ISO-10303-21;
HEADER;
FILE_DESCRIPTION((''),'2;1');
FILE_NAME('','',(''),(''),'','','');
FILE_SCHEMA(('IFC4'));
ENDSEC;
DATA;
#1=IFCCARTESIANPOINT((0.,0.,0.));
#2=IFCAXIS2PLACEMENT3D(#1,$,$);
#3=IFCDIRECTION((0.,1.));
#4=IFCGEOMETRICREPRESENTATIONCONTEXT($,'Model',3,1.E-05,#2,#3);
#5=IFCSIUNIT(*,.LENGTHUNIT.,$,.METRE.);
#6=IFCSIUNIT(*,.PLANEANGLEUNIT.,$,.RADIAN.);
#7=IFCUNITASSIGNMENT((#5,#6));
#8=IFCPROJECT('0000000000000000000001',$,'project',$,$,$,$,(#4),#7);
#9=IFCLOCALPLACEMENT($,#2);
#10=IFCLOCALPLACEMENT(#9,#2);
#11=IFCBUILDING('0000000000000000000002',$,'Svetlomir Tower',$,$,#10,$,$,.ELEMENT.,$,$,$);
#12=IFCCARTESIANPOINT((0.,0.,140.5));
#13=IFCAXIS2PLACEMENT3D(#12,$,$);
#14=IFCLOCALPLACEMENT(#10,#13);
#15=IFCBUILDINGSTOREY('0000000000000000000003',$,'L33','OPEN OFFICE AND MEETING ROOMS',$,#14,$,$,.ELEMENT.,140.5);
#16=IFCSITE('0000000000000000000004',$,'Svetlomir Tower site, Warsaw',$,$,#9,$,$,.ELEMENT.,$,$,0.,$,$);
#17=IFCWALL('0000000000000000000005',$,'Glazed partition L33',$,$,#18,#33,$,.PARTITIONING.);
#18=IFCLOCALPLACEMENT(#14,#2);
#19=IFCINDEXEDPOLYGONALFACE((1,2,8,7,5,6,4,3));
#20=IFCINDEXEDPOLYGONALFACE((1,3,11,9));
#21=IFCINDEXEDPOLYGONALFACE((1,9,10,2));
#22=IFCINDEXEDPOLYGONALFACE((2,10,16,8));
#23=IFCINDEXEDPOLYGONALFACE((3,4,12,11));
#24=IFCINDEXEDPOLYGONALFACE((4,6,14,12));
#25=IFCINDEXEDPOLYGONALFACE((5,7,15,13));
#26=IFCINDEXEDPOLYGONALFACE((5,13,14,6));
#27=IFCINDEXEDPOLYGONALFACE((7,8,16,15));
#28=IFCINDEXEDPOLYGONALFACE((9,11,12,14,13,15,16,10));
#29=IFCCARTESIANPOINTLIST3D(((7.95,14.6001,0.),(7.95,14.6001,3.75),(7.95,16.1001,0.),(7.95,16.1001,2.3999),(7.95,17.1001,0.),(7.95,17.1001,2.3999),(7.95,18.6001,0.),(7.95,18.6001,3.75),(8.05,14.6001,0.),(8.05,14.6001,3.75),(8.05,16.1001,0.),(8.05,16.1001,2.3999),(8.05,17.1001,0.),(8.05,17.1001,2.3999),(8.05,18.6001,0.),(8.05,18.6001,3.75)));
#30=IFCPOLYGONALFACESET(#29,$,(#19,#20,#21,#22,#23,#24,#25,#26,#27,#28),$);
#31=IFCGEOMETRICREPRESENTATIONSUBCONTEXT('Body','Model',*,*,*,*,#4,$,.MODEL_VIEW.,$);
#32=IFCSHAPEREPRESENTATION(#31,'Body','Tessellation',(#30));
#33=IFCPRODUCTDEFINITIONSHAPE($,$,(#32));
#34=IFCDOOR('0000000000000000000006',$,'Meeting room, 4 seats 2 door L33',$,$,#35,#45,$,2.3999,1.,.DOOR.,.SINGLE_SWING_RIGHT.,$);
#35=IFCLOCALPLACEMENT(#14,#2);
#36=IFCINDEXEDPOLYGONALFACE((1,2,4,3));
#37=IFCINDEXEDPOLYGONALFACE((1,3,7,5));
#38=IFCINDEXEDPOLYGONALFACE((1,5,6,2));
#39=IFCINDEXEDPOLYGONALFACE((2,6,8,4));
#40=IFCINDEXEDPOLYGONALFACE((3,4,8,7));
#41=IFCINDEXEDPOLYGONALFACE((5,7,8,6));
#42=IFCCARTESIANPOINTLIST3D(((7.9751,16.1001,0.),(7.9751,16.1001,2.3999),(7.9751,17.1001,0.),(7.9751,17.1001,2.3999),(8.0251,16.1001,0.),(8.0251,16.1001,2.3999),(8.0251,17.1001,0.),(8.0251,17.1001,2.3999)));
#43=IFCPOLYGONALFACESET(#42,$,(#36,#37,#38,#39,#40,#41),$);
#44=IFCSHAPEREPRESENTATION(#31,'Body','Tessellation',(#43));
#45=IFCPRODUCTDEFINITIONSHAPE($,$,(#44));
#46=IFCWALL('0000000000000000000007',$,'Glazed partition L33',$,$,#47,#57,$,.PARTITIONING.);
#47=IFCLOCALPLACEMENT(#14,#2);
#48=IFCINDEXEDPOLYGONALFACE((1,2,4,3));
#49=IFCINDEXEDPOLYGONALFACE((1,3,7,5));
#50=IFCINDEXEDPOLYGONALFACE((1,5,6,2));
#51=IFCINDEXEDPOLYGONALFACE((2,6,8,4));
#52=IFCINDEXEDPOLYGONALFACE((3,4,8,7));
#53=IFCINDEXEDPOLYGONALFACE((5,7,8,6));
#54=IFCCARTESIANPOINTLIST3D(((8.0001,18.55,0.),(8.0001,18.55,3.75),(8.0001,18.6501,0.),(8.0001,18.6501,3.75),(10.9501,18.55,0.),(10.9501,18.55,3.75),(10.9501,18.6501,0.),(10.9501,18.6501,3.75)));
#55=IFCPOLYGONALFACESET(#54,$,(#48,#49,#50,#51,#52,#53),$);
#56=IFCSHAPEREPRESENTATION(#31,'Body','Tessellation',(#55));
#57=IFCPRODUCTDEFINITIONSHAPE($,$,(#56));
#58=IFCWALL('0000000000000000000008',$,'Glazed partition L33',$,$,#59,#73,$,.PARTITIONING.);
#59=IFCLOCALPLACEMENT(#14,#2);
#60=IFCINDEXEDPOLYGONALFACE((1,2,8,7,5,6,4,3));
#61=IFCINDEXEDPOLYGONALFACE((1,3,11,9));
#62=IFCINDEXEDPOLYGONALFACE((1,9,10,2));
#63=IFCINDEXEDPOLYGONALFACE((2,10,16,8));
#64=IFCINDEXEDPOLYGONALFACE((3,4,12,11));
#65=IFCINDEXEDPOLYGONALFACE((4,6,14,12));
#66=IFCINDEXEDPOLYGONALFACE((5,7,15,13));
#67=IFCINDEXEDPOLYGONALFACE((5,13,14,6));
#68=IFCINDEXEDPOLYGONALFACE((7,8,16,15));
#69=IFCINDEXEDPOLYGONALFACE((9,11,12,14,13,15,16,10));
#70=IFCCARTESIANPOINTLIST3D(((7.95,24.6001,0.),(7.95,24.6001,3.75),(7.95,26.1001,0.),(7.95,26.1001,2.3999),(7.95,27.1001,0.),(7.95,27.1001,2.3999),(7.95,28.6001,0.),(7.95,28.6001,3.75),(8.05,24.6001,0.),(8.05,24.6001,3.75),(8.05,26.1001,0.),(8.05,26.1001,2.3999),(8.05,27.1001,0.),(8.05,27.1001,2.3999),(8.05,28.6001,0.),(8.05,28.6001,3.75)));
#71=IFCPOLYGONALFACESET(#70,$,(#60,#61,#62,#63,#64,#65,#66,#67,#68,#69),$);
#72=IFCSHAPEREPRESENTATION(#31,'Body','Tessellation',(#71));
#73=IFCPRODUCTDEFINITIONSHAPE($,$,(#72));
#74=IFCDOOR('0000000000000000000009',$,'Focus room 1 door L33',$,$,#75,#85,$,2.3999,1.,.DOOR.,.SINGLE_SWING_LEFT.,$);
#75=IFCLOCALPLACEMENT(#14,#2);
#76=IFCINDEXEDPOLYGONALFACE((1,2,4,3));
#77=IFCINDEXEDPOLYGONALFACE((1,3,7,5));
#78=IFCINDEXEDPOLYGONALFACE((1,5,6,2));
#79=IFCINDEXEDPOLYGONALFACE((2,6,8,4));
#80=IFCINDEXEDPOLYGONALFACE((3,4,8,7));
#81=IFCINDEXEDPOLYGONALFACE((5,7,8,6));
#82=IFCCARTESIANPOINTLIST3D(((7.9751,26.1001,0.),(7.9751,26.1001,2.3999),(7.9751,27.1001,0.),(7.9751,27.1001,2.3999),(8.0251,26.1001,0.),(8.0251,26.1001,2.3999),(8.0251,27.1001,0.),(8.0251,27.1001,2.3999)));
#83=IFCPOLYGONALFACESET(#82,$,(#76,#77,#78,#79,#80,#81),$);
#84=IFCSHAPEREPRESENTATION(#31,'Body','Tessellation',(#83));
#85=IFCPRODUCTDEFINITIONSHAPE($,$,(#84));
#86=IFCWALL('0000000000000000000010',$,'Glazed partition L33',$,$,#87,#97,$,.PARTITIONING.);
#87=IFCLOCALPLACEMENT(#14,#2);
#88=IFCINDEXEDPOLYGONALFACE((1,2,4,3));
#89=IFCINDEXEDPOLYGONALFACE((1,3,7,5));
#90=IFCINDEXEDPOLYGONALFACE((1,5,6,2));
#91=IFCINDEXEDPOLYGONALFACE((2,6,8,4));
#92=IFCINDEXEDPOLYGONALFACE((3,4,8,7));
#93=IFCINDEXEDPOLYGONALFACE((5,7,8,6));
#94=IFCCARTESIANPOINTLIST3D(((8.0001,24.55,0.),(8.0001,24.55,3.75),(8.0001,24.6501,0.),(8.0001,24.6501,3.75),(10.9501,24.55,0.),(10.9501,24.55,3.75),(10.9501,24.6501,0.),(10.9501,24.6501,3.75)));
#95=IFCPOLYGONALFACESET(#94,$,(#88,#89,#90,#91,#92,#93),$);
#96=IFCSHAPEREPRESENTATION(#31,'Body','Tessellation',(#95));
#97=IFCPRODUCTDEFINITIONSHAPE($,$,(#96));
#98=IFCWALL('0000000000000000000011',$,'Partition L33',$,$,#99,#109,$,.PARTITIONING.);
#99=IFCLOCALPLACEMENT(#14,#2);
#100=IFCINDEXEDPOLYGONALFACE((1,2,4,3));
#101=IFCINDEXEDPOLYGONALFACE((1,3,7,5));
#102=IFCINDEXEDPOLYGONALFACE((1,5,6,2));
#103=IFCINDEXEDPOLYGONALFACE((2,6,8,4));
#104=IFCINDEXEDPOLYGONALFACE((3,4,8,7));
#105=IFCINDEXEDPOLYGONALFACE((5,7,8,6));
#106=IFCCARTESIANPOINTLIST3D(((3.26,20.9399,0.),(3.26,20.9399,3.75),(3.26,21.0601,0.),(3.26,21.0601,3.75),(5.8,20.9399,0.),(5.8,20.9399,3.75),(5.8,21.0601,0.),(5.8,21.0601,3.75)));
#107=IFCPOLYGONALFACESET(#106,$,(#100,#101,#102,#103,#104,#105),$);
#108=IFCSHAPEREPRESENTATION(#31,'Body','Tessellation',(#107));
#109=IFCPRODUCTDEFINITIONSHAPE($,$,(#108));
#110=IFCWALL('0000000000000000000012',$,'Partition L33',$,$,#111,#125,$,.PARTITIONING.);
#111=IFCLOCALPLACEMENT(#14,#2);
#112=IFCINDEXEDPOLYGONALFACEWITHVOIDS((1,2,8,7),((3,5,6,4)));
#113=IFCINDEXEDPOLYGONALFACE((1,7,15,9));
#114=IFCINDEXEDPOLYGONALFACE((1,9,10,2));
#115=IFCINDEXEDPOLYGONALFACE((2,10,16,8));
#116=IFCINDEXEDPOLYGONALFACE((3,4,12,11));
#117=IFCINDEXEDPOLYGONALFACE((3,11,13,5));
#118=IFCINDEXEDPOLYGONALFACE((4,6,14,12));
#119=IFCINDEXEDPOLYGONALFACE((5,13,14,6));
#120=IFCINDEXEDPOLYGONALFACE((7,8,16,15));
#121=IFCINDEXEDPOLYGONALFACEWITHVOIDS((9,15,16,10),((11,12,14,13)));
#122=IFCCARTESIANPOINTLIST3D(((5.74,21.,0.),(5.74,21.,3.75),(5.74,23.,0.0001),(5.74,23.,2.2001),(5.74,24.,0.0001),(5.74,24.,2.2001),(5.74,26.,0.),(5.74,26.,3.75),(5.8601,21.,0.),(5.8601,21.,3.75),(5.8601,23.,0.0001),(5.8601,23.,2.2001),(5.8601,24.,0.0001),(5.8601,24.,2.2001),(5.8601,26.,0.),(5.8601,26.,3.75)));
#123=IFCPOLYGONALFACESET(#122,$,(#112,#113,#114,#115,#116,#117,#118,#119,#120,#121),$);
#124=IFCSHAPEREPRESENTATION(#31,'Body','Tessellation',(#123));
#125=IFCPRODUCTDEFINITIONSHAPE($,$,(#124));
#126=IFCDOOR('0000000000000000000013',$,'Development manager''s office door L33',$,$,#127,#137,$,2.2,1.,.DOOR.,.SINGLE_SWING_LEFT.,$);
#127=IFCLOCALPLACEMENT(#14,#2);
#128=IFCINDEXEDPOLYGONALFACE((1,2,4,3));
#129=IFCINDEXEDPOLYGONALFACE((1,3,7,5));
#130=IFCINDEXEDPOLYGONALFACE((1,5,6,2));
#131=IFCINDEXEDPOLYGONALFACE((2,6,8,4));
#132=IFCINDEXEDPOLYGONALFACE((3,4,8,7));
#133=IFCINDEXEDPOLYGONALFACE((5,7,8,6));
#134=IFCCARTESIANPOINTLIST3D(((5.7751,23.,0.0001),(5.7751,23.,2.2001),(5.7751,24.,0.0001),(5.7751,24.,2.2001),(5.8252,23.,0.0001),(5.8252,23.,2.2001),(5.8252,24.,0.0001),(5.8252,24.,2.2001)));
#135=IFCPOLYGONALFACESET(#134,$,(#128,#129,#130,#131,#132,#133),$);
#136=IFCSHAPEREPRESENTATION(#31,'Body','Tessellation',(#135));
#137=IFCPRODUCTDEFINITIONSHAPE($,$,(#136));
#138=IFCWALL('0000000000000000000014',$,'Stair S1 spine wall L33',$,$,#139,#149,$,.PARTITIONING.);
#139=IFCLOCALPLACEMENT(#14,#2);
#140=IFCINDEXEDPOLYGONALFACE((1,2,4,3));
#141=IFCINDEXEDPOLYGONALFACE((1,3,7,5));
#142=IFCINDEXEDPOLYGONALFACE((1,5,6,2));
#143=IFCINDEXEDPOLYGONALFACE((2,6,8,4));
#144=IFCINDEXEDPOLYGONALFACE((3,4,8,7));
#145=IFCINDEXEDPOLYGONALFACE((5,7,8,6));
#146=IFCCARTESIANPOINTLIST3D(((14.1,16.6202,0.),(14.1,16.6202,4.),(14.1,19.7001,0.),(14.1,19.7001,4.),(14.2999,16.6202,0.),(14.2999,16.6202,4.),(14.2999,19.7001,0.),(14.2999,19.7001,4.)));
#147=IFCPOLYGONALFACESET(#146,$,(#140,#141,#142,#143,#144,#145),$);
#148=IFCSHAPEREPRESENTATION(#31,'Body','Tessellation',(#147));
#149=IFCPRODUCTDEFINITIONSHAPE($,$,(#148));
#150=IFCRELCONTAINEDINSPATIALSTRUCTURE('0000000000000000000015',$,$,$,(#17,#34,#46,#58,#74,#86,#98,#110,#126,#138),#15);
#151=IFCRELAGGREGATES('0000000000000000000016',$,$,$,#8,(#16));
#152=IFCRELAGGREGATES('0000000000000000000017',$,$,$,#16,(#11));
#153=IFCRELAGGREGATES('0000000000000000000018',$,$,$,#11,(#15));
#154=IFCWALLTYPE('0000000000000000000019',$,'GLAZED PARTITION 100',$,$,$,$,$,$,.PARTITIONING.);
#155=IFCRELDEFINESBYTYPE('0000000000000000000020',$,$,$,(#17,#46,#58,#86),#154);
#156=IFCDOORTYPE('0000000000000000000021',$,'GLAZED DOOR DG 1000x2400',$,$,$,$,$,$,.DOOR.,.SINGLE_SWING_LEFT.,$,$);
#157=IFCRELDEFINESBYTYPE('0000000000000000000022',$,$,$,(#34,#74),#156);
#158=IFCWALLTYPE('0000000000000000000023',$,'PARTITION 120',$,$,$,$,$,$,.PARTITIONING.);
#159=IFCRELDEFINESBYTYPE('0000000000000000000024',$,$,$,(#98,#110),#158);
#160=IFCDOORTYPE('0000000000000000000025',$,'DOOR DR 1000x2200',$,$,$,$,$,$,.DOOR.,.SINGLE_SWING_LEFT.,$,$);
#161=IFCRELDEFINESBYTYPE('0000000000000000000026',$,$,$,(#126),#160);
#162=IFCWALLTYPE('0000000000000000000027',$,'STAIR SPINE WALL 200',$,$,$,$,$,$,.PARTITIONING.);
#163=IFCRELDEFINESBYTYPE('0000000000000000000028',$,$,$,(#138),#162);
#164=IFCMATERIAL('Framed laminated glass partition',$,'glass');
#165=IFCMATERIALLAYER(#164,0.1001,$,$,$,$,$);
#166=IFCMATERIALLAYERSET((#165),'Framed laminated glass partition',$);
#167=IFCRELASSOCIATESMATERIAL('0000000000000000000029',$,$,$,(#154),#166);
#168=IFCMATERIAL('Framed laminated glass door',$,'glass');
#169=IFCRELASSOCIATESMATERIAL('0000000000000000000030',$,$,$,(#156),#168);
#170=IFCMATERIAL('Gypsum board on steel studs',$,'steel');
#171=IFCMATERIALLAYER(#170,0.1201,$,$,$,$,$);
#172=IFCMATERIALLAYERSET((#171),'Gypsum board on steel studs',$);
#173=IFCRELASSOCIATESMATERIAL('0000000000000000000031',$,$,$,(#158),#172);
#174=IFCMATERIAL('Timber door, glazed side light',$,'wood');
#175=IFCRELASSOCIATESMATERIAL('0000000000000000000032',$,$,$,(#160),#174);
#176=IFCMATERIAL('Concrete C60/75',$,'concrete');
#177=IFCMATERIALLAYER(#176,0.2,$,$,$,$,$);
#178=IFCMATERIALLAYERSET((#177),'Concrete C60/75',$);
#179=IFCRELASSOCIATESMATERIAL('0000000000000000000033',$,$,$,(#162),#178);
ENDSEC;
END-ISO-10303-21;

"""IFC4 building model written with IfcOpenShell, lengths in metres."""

from ifc_helpers import new_model, si_unit, direction, frame, frame_2d, origin, place, context, subcontext, project, spatial, rectangle, extrude, material, layer, layer_set, type_object, element, fill, save


model = new_model("IFC4")

# Units and contexts
model_context = context("Model", 3, precision=1e-05, world=origin(), true_north=direction((0.0, 1.0)))
body_context = subcontext(model_context, "Body", "Model", "MODEL_VIEW")
ifc_project = project(units=[si_unit("LENGTHUNIT", "METRE"), si_unit("PLANEANGLEUNIT", "RADIAN")], contexts=[model_context])

# Site, building, storey
site_placement = place(None, origin())
site = spatial("IfcSite", under=ifc_project, at=site_placement, Name="Svetlomir Tower site, Warsaw", CompositionType="ELEMENT", RefElevation=0.0)
building_placement = place(site_placement, origin())
building = spatial("IfcBuilding", under=site, at=building_placement, Name="Svetlomir Tower", CompositionType="ELEMENT")
storey_placement = place(building_placement, frame((0.0, 0.0, 140.5)))
storey = spatial("IfcBuildingStorey", under=building, at=storey_placement, Name="L33", Description="OPEN OFFICE AND MEETING ROOMS", CompositionType="ELEMENT", Elevation=140.5)

# Wall, opening, door
ifc_material_1 = material(Name="Framed laminated glass partition", Category="glass")
ifc_layer_1 = layer(ifc_material_1, 0.1001)
ifc_layer_set_1 = layer_set([ifc_layer_1], Name="Framed laminated glass partition")
wall_type_1 = type_object("IfcWallType", Name="GLAZED PARTITION 100", PredefinedType="PARTITIONING", material=ifc_layer_set_1)
wall_1_placement = place(storey_placement, frame((8.0, 14.6001, 0.0), z_axis=(0.0, 0.0, 1.0), x_axis=(0.0, 1.0, 0.0)))
wall_1 = element("IfcWall", 1, at=wall_1_placement, inside=storey, type_object=wall_type_1, Name="Glazed partition L33", PredefinedType="PARTITIONING", context=body_context, shape_type="SweptSolid", body=[
    extrude(rectangle(XDim=4.0, YDim=0.1001, at=frame_2d((2.0, 0.0))), origin(), (0.0, 0.0, 1.0), 3.75),
])
opening_1_placement = place(wall_1_placement, frame((1.5, 0.0, 0.0)))
opening_1 = element("IfcOpeningElement", 2, at=opening_1_placement, cuts=wall_1, PredefinedType="OPENING", context=body_context, shape_type="SweptSolid", body=[
    extrude(rectangle(XDim=1.0, YDim=2.3999, at=frame_2d((0.5, 1.2))), frame((0.0, 0.0601, 0.0), z_axis=(0.0, -1.0, 0.0), x_axis=(1.0, 0.0, 0.0)), (0.0, 0.0, 1.0), 0.1201),
])
ifc_material_2 = material(Name="Framed laminated glass door", Category="glass")
door_type_1 = type_object("IfcDoorType", Name="GLAZED DOOR DG 1000x2400", OperationType="SINGLE_SWING_LEFT", PredefinedType="DOOR", material=ifc_material_2)
door_1_placement = place(opening_1_placement, origin())
door_1 = element("IfcDoor", 3, at=door_1_placement, inside=storey, type_object=door_type_1, Name="Meeting room, 4 seats 2 door L33", OperationType="SINGLE_SWING_RIGHT", OverallHeight=2.3999, OverallWidth=1.0, PredefinedType="DOOR", context=body_context, shape_type="SweptSolid", body=[
    extrude(rectangle(XDim=1.0, YDim=2.3999, at=frame_2d((0.5, 1.2))), frame((0.0, 0.0249, 0.0), z_axis=(0.0, -1.0, 0.0), x_axis=(1.0, 0.0, 0.0)), (0.0, 0.0, 1.0), 0.05),
])
fill(opening_1, door_1)

# Wall
wall_2_placement = place(storey_placement, frame((8.0, 18.6001, 0.0), z_axis=(0.0, 0.0, 1.0), x_axis=(1.0, 0.0, 0.0)))
element("IfcWall", 4, at=wall_2_placement, inside=storey, type_object=wall_type_1, Name="Glazed partition L33", PredefinedType="PARTITIONING", context=body_context, shape_type="SweptSolid", body=[
    extrude(rectangle(XDim=2.95, YDim=0.1001, at=frame_2d((1.4751, 0.0))), origin(), (0.0, 0.0, 1.0), 3.75),
])

# Wall, opening, door
wall_3_placement = place(storey_placement, frame((8.0, 24.6001, 0.0), z_axis=(0.0, 0.0, 1.0), x_axis=(0.0, 1.0, 0.0)))
wall_3 = element("IfcWall", 5, at=wall_3_placement, inside=storey, type_object=wall_type_1, Name="Glazed partition L33", PredefinedType="PARTITIONING", context=body_context, shape_type="SweptSolid", body=[
    extrude(rectangle(XDim=4.0, YDim=0.1001, at=frame_2d((2.0, 0.0))), origin(), (0.0, 0.0, 1.0), 3.75),
])
opening_2_placement = place(wall_3_placement, frame((1.5, 0.0, 0.0)))
opening_2 = element("IfcOpeningElement", 6, at=opening_2_placement, cuts=wall_3, PredefinedType="OPENING", context=body_context, shape_type="SweptSolid", body=[
    extrude(rectangle(XDim=1.0, YDim=2.3999, at=frame_2d((0.5, 1.2))), frame((0.0, 0.0601, 0.0), z_axis=(0.0, -1.0, 0.0), x_axis=(1.0, 0.0, 0.0)), (0.0, 0.0, 1.0), 0.1201),
])
door_2_placement = place(opening_2_placement, origin())
door_2 = element("IfcDoor", 7, at=door_2_placement, inside=storey, type_object=door_type_1, Name="Focus room 1 door L33", OperationType="SINGLE_SWING_LEFT", OverallHeight=2.3999, OverallWidth=1.0, PredefinedType="DOOR", context=body_context, shape_type="SweptSolid", body=[
    extrude(rectangle(XDim=1.0, YDim=2.3999, at=frame_2d((0.5, 1.2))), frame((0.0, 0.0249, 0.0), z_axis=(0.0, -1.0, 0.0), x_axis=(1.0, 0.0, 0.0)), (0.0, 0.0, 1.0), 0.05),
])
fill(opening_2, door_2)

# Walls
wall_4_placement = place(storey_placement, frame((8.0, 24.6001, 0.0), z_axis=(0.0, 0.0, 1.0), x_axis=(1.0, 0.0, 0.0)))
element("IfcWall", 8, at=wall_4_placement, inside=storey, type_object=wall_type_1, Name="Glazed partition L33", PredefinedType="PARTITIONING", context=body_context, shape_type="SweptSolid", body=[
    extrude(rectangle(XDim=2.95, YDim=0.1001, at=frame_2d((1.4751, 0.0))), origin(), (0.0, 0.0, 1.0), 3.75),
])
ifc_material_3 = material(Name="Gypsum board on steel studs", Category="steel")
ifc_layer_2 = layer(ifc_material_3, 0.1201)
ifc_layer_set_2 = layer_set([ifc_layer_2], Name="Gypsum board on steel studs")
wall_type_2 = type_object("IfcWallType", Name="PARTITION 120", PredefinedType="PARTITIONING", material=ifc_layer_set_2)
wall_5_placement = place(storey_placement, frame((3.26, 21.0, 0.0), z_axis=(0.0, 0.0, 1.0), x_axis=(1.0, 0.0, 0.0)))
element("IfcWall", 9, at=wall_5_placement, inside=storey, type_object=wall_type_2, Name="Partition L33", PredefinedType="PARTITIONING", context=body_context, shape_type="SweptSolid", body=[
    extrude(rectangle(XDim=2.54, YDim=0.1201, at=frame_2d((1.27, 0.0))), origin(), (0.0, 0.0, 1.0), 3.75),
])

# Wall, opening, door
wall_6_placement = place(storey_placement, frame((5.8, 21.0, 0.0), z_axis=(0.0, 0.0, 1.0), x_axis=(0.0, 1.0, 0.0)))
wall_6 = element("IfcWall", 10, at=wall_6_placement, inside=storey, type_object=wall_type_2, Name="Partition L33", PredefinedType="PARTITIONING", context=body_context, shape_type="SweptSolid", body=[
    extrude(rectangle(XDim=5.0, YDim=0.1201, at=frame_2d((2.5, 0.0))), origin(), (0.0, 0.0, 1.0), 3.75),
])
opening_3_placement = place(wall_6_placement, frame((2.0, 0.0, 0.0)))
opening_3 = element("IfcOpeningElement", 11, at=opening_3_placement, cuts=wall_6, PredefinedType="OPENING", context=body_context, shape_type="SweptSolid", body=[
    extrude(rectangle(XDim=1.0, YDim=2.2, at=frame_2d((0.5, 1.1001))), frame((0.0, 0.0701, 0.0), z_axis=(0.0, -1.0, 0.0), x_axis=(1.0, 0.0, 0.0)), (0.0, 0.0, 1.0), 0.1401),
])
ifc_material_4 = material(Name="Timber door, glazed side light", Category="wood")
door_type_2 = type_object("IfcDoorType", Name="DOOR DR 1000x2200", OperationType="SINGLE_SWING_LEFT", PredefinedType="DOOR", material=ifc_material_4)
door_3_placement = place(opening_3_placement, origin())
door_3 = element("IfcDoor", 12, at=door_3_placement, inside=storey, type_object=door_type_2, Name="Development manager's office door L33", OperationType="SINGLE_SWING_LEFT", OverallHeight=2.2, OverallWidth=1.0, PredefinedType="DOOR", context=body_context, shape_type="SweptSolid", body=[
    extrude(rectangle(XDim=1.0, YDim=2.2, at=frame_2d((0.5, 1.1001))), frame((0.0, 0.0249, 0.0), z_axis=(0.0, -1.0, 0.0), x_axis=(1.0, 0.0, 0.0)), (0.0, 0.0, 1.0), 0.05),
])
fill(opening_3, door_3)

# Wall
ifc_material_5 = material(Name="Concrete C60/75", Category="concrete")
ifc_layer_3 = layer(ifc_material_5, 0.2)
ifc_layer_set_3 = layer_set([ifc_layer_3], Name="Concrete C60/75")
wall_type_3 = type_object("IfcWallType", Name="STAIR SPINE WALL 200", PredefinedType="PARTITIONING", material=ifc_layer_set_3)
wall_7_placement = place(storey_placement, frame((14.2, 16.6201, 0.0), z_axis=(0.0, 0.0, 1.0), x_axis=(0.0, 1.0, 0.0)))
element("IfcWall", 13, at=wall_7_placement, inside=storey, type_object=wall_type_3, Name="Stair S1 spine wall L33", PredefinedType="PARTITIONING", context=body_context, shape_type="SweptSolid", body=[
    extrude(rectangle(XDim=3.0798, YDim=0.2, at=frame_2d((1.54, 0.0))), origin(), (0.0, 0.0, 1.0), 4.0),
])

save(model, "model.ifc")
